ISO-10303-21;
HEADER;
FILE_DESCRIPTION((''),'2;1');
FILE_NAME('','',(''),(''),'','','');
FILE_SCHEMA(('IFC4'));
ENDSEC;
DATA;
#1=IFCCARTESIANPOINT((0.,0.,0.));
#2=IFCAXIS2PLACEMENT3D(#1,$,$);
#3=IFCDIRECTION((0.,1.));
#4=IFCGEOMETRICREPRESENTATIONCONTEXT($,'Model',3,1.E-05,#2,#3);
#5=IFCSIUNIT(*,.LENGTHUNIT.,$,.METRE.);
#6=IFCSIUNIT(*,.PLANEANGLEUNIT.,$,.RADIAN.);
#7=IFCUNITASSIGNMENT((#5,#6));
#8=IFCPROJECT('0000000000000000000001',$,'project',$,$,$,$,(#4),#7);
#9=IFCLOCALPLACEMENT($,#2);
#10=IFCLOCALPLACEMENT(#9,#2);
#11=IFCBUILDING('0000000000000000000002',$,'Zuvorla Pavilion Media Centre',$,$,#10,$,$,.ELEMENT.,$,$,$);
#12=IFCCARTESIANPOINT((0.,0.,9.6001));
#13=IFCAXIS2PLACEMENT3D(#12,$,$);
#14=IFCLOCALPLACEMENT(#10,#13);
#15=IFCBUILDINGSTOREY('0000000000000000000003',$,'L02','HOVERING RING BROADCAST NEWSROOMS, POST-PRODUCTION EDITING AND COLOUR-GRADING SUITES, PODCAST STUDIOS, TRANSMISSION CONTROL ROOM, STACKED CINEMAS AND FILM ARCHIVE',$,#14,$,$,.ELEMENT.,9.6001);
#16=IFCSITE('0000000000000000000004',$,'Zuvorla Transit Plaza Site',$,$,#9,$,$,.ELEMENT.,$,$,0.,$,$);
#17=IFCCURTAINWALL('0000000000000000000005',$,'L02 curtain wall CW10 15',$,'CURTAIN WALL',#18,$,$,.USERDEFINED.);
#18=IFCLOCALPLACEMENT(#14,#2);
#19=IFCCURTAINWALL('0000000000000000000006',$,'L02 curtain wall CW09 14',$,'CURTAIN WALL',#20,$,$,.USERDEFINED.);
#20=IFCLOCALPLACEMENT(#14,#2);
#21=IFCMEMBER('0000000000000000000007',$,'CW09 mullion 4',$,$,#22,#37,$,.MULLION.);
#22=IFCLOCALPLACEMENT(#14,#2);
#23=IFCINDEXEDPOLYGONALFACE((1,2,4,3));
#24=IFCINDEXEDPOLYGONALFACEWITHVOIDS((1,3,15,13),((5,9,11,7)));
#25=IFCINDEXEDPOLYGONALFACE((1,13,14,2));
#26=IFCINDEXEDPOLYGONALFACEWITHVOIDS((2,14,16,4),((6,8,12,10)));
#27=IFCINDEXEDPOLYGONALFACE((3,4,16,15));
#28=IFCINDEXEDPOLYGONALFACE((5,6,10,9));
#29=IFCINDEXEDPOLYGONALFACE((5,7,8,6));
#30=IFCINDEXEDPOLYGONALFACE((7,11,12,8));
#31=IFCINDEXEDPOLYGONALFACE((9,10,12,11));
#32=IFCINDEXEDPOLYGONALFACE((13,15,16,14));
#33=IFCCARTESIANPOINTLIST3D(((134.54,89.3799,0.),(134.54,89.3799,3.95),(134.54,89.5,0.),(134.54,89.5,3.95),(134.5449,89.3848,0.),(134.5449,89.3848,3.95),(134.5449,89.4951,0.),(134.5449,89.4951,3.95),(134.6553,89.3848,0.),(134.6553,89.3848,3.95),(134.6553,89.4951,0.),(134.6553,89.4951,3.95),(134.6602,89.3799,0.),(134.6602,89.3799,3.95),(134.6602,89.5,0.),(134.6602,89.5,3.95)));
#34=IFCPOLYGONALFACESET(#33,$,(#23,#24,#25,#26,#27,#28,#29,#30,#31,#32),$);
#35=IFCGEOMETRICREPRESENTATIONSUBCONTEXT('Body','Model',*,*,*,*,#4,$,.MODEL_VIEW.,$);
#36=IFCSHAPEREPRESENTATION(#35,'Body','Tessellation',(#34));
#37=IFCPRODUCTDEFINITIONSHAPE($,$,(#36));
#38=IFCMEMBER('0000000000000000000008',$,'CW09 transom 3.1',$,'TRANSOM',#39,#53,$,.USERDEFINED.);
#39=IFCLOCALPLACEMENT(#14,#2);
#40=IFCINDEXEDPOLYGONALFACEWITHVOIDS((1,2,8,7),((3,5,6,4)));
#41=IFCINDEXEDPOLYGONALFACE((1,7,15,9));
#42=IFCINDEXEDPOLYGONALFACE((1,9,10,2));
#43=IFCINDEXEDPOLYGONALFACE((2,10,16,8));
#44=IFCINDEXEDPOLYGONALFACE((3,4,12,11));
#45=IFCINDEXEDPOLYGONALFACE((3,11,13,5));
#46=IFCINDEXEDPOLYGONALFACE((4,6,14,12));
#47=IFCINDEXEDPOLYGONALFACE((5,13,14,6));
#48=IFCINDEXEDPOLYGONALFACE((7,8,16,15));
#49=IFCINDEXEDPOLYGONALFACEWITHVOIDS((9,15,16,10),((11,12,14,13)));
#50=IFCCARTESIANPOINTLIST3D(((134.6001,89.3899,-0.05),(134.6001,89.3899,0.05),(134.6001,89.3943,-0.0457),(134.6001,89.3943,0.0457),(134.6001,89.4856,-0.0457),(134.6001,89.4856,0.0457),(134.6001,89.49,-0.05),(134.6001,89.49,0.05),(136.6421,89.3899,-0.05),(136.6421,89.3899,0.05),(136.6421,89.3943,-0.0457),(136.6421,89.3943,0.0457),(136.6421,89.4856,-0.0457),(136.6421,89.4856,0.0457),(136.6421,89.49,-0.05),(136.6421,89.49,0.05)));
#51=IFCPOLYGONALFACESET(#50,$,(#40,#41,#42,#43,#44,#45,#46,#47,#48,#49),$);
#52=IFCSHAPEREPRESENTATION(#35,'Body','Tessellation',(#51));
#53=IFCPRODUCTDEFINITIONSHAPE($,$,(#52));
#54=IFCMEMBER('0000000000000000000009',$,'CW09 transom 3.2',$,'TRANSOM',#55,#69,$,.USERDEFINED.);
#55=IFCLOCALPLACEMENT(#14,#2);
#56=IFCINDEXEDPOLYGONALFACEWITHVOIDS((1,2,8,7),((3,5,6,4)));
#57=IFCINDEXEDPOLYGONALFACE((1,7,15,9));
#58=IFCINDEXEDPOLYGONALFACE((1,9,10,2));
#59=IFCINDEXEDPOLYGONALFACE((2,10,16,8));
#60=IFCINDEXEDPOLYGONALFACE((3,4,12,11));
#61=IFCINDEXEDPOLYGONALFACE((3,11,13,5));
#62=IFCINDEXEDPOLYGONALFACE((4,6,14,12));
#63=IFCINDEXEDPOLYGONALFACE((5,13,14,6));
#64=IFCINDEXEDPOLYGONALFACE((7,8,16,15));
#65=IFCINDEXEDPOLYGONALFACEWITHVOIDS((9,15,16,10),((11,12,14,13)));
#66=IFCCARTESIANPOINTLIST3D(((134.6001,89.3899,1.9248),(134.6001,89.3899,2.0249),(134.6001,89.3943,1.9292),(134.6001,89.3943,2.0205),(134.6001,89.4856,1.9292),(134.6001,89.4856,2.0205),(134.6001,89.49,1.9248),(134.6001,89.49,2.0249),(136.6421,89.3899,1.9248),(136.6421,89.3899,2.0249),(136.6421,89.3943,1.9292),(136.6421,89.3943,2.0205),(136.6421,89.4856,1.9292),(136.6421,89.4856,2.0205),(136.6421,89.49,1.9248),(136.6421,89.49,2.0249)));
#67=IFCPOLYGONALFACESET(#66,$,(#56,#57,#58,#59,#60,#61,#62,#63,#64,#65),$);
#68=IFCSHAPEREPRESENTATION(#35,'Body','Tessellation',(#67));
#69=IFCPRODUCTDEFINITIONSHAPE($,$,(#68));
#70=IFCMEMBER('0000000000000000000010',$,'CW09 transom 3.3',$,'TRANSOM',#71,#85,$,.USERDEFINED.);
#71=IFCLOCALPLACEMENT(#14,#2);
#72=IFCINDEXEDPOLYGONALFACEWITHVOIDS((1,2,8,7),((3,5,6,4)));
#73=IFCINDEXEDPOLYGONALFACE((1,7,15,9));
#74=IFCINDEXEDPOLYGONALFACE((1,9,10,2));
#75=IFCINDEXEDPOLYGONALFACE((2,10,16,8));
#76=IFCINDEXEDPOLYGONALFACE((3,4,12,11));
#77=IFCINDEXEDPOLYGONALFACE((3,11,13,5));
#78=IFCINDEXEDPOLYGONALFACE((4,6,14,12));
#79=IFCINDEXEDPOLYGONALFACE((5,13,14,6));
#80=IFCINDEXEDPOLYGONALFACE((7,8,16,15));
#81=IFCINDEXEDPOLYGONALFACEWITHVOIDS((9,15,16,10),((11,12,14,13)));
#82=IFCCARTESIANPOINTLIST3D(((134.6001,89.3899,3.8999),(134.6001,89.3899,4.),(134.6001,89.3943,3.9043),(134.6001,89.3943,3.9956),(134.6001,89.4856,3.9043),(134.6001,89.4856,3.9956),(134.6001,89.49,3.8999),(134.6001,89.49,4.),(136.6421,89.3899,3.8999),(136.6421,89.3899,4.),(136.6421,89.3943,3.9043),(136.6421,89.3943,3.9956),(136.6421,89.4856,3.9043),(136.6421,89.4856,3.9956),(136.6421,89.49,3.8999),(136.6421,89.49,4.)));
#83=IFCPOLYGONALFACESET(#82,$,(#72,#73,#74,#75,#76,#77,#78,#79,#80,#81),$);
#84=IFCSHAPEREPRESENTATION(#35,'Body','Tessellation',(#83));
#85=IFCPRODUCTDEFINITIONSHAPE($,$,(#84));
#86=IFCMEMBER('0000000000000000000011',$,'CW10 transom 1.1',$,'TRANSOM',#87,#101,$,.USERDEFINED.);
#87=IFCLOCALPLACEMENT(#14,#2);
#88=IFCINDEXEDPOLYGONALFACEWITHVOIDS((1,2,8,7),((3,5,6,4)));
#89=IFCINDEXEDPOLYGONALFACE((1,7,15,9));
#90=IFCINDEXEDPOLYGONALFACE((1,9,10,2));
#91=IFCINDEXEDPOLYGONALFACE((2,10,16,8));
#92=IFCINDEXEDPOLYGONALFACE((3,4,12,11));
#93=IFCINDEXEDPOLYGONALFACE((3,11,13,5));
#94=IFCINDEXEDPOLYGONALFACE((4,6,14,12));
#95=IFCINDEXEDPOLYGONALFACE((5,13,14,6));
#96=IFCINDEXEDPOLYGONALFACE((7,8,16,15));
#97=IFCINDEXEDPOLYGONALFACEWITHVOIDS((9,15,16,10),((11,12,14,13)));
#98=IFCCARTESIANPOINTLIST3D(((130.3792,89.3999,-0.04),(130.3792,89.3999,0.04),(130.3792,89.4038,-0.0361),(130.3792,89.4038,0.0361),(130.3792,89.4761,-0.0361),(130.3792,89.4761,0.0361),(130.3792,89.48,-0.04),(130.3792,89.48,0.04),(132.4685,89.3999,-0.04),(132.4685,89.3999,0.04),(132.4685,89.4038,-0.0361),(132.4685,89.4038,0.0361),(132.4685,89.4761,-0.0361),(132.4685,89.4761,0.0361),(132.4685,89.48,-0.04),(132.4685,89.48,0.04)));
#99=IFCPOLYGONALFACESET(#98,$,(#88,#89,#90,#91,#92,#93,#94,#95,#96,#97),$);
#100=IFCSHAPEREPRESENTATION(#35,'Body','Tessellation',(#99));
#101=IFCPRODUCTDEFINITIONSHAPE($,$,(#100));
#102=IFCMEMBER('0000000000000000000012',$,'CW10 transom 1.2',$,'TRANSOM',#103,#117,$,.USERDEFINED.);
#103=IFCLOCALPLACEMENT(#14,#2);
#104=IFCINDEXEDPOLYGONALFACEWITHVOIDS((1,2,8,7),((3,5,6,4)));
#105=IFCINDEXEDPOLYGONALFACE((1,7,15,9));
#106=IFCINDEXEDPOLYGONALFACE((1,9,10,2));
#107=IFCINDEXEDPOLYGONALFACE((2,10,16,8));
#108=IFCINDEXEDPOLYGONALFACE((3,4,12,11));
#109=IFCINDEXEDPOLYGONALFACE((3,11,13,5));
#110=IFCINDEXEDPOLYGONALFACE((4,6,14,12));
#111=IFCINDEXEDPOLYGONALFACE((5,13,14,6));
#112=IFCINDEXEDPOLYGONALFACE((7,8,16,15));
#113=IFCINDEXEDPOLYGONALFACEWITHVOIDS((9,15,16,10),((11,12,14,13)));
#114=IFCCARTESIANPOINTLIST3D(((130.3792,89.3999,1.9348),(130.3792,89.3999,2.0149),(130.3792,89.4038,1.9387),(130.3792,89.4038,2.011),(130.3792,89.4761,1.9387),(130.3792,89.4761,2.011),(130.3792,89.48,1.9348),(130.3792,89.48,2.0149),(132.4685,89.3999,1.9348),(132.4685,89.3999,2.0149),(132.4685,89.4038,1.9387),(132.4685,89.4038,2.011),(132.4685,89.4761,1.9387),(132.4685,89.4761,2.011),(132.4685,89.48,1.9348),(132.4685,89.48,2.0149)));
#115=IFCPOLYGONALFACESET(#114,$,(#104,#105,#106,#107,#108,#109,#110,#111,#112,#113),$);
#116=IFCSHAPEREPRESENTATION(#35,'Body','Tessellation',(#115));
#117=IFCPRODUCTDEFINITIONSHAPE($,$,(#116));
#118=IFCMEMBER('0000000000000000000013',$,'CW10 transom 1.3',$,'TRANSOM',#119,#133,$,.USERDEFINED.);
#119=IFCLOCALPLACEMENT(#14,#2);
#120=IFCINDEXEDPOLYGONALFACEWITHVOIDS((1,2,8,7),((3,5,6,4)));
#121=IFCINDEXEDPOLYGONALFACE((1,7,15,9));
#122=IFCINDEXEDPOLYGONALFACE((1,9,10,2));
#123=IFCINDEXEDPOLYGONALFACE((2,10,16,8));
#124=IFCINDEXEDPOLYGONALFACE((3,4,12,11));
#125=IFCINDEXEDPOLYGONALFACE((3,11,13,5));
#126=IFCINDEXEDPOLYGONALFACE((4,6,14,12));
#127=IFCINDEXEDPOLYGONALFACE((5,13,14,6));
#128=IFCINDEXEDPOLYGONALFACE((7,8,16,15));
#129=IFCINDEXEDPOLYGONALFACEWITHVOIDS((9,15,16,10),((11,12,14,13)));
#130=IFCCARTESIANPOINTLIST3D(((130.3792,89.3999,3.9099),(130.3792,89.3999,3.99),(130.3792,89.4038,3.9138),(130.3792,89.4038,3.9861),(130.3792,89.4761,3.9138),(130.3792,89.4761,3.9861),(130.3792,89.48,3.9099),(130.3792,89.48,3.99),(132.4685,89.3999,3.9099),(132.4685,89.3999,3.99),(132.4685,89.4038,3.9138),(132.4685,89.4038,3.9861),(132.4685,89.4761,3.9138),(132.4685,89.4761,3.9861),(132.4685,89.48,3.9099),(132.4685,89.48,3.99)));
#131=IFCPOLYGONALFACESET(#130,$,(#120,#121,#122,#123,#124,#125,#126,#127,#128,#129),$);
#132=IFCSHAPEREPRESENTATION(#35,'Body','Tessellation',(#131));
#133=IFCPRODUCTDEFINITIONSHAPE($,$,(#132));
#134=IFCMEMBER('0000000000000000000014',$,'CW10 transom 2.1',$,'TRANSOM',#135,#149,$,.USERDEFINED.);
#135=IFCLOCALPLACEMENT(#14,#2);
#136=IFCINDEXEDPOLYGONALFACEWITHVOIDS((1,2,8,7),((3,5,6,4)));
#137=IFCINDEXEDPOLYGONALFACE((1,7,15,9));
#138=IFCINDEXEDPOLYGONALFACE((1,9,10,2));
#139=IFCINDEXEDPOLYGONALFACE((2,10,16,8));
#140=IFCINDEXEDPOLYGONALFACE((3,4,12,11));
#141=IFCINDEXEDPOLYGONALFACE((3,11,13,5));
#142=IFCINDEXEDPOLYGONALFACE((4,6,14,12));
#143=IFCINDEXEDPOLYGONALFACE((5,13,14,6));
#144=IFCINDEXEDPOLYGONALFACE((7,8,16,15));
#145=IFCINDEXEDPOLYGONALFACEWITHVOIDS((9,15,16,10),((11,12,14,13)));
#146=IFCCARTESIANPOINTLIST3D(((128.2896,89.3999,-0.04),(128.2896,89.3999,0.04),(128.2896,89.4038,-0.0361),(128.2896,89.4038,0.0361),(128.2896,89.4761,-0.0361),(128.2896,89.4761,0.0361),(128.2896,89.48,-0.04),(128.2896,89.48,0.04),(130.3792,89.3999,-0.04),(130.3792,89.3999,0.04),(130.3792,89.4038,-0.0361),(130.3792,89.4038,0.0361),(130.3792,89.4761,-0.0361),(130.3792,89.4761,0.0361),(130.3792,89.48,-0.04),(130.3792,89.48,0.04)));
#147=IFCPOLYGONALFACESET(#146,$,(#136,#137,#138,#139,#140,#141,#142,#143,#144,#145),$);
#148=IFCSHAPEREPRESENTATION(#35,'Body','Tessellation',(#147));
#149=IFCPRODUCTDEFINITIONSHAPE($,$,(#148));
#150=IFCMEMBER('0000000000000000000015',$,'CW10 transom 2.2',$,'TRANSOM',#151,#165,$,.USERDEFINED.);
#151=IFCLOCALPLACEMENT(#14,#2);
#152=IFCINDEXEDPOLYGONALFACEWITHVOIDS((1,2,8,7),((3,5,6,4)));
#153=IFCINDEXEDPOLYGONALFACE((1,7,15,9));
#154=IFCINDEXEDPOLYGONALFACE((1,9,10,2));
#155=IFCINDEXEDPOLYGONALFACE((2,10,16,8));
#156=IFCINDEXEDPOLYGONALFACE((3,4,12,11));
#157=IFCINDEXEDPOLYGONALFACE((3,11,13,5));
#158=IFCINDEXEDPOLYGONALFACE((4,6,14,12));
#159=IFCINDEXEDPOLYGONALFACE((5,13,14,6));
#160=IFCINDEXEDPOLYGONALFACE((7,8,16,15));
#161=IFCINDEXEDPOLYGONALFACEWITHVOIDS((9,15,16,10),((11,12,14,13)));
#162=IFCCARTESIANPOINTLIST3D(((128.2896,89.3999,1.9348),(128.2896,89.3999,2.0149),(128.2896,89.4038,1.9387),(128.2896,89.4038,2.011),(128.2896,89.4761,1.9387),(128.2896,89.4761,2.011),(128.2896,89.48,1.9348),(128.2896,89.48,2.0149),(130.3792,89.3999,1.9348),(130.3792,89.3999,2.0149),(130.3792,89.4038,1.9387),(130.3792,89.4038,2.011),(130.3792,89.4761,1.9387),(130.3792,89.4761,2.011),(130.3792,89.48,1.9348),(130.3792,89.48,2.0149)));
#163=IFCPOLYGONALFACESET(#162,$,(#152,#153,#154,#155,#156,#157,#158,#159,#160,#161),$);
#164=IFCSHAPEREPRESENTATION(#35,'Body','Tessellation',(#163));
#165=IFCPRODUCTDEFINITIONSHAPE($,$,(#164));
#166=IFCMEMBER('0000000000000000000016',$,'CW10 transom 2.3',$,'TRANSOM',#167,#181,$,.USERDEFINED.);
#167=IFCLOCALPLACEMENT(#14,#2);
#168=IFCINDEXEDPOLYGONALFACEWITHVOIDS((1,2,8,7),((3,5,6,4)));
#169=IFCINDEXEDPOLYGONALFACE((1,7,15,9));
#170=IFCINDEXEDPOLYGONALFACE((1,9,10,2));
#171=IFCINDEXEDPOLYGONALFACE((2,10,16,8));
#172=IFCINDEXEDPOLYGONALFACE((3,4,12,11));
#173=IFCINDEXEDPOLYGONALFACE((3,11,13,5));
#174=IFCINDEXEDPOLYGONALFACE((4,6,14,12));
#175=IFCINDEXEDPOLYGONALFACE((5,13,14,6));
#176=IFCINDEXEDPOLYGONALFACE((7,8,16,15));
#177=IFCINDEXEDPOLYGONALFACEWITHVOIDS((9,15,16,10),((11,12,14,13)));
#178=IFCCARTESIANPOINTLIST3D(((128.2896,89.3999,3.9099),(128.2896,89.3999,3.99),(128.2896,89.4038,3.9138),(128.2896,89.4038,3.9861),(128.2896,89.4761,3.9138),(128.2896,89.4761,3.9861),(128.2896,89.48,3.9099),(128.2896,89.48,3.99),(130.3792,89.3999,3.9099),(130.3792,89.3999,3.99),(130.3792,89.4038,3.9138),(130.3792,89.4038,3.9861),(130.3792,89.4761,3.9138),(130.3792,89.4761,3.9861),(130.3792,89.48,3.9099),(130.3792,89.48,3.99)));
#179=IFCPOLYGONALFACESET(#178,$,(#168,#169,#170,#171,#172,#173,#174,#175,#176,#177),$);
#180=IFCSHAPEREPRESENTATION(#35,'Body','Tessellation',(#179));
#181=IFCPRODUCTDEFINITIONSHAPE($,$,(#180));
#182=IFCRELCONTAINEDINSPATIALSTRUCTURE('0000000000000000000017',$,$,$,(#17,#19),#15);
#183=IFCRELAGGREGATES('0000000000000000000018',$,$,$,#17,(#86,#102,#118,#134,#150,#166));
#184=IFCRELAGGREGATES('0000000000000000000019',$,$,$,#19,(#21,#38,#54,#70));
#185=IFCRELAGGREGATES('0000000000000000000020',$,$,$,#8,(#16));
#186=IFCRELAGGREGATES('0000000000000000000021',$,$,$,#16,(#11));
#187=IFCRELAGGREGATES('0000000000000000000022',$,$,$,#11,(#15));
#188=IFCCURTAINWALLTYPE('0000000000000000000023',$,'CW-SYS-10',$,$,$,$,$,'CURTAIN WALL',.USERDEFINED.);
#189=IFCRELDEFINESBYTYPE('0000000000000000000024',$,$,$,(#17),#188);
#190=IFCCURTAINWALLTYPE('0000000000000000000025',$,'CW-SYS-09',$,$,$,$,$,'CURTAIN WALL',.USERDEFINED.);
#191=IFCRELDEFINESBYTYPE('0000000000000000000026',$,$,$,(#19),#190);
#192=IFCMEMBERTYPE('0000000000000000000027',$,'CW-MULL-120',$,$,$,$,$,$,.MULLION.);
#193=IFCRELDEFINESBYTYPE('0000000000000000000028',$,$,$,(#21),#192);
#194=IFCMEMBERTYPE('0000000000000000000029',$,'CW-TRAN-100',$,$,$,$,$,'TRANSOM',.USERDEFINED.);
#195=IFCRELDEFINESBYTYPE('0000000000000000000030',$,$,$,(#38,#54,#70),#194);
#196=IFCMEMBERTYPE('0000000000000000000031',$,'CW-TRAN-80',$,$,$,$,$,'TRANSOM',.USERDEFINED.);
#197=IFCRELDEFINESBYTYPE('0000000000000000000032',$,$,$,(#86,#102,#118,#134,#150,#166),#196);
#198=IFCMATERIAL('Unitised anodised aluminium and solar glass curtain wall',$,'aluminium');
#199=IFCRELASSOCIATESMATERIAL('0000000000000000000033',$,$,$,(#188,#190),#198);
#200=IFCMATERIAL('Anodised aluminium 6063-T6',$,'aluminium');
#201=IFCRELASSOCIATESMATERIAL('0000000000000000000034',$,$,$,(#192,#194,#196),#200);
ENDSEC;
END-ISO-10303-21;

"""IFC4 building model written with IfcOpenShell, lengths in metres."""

from ifc_helpers import new_model, si_unit, direction, frame, origin, origin_2d, place, context, subcontext, project, spatial, hollow_rectangle, extrude, material, material_profile, profile_set, type_object, element, aggregate, save


model = new_model("IFC4")

# Units and contexts
model_context = context("Model", 3, precision=1e-05, world=origin(), true_north=direction((0.0, 1.0)))
body_context = subcontext(model_context, "Body", "Model", "MODEL_VIEW")
ifc_project = project(units=[si_unit("LENGTHUNIT", "METRE"), si_unit("PLANEANGLEUNIT", "RADIAN")], contexts=[model_context])

# Site, building, storey
site_placement = place(None, origin())
site = spatial("IfcSite", under=ifc_project, at=site_placement, Name="Zuvorla Transit Plaza Site", CompositionType="ELEMENT", RefElevation=0.0)
building_placement = place(site_placement, origin())
building = spatial("IfcBuilding", under=site, at=building_placement, Name="Zuvorla Pavilion Media Centre", CompositionType="ELEMENT")
storey_placement = place(building_placement, frame((0.0, 0.0, 9.6001)))
storey = spatial("IfcBuildingStorey", under=building, at=storey_placement, Name="L02", Description="HOVERING RING BROADCAST NEWSROOMS, POST-PRODUCTION EDITING AND COLOUR-GRADING SUITES, PODCAST STUDIOS, TRANSMISSION CONTROL ROOM, STACKED CINEMAS AND FILM ARCHIVE", CompositionType="ELEMENT", Elevation=9.6001)

# Curtain walls, members
ifc_material_1 = material(Name="Unitised anodised aluminium and solar glass curtain wall", Category="aluminium")
curtain_wall_type_1 = type_object("IfcCurtainWallType", Name="CW-SYS-10", ElementType="CURTAIN WALL", PredefinedType="USERDEFINED", material=ifc_material_1)
curtain_wall_1_placement = place(storey_placement, origin())
curtain_wall_1 = element("IfcCurtainWall", 1, at=curtain_wall_1_placement, inside=storey, type_object=curtain_wall_type_1, Name="L02 curtain wall CW10 15", ObjectType="CURTAIN WALL", PredefinedType="USERDEFINED")
ifc_material_2 = material(Name="Anodised aluminium 6063-T6", Category="aluminium")
curtain_wall_type_2 = type_object("IfcCurtainWallType", Name="CW-SYS-09", ElementType="CURTAIN WALL", PredefinedType="USERDEFINED", material=ifc_material_1)
curtain_wall_2_placement = place(storey_placement, origin())
curtain_wall_2 = element("IfcCurtainWall", 2, at=curtain_wall_2_placement, inside=storey, type_object=curtain_wall_type_2, Name="L02 curtain wall CW09 14", ObjectType="CURTAIN WALL", PredefinedType="USERDEFINED")
ifc_material_profile_1 = material_profile(ifc_material_2, hollow_rectangle(XDim=0.1201, YDim=0.1201, WallThickness=0.0049, at=origin_2d()), Name="ALU MULL 120x120")
ifc_profile_set_1 = profile_set([ifc_material_profile_1], Name="Anodised aluminium 6063-T6")
member_type_1 = type_object("IfcMemberType", Name="CW-MULL-120", PredefinedType="MULLION", material=ifc_profile_set_1)
member_1_placement = place(storey_placement, frame((134.6001, 89.4399, 0.0), z_axis=(0.0, 0.0, 1.0), x_axis=(1.0, 0.0, 0.0)))
member_1 = element("IfcMember", 3, at=member_1_placement, type_object=member_type_1, Name="CW09 mullion 4", PredefinedType="MULLION", context=body_context, shape_type="SweptSolid", body=[
    extrude(hollow_rectangle(XDim=0.1201, YDim=0.1201, WallThickness=0.0049, at=origin_2d()), origin(), (0.0, 0.0, 1.0), 3.95),
])
ifc_material_profile_2 = material_profile(ifc_material_2, hollow_rectangle(XDim=0.1001, YDim=0.1001, WallThickness=0.0044, at=origin_2d()), Name="ALU TRAN 100x100")
ifc_profile_set_2 = profile_set([ifc_material_profile_2], Name="Anodised aluminium 6063-T6")
member_type_2 = type_object("IfcMemberType", Name="CW-TRAN-100", ElementType="TRANSOM", PredefinedType="USERDEFINED", material=ifc_profile_set_2)
member_2_placement = place(storey_placement, frame((136.6421, 89.4399, 0.0), z_axis=(-1.0, 0.0, 0.0), x_axis=(0.0, -1.0, 0.0)))
member_2 = element("IfcMember", 4, at=member_2_placement, type_object=member_type_2, Name="CW09 transom 3.1", ObjectType="TRANSOM", PredefinedType="USERDEFINED", context=body_context, shape_type="SweptSolid", body=[
    extrude(hollow_rectangle(XDim=0.1001, YDim=0.1001, WallThickness=0.0044, at=origin_2d()), origin(), (0.0, 0.0, 1.0), 2.042),
])
member_3_placement = place(storey_placement, frame((136.6421, 89.4399, 1.9749), z_axis=(-1.0, 0.0, 0.0), x_axis=(0.0, -1.0, 0.0)))
member_3 = element("IfcMember", 5, at=member_3_placement, type_object=member_type_2, Name="CW09 transom 3.2", ObjectType="TRANSOM", PredefinedType="USERDEFINED", context=body_context, shape_type="SweptSolid", body=[
    extrude(hollow_rectangle(XDim=0.1001, YDim=0.1001, WallThickness=0.0044, at=origin_2d()), origin(), (0.0, 0.0, 1.0), 2.042),
])
member_4_placement = place(storey_placement, frame((136.6421, 89.4399, 3.95), z_axis=(-1.0, 0.0, 0.0), x_axis=(0.0, -1.0, 0.0)))
member_4 = element("IfcMember", 6, at=member_4_placement, type_object=member_type_2, Name="CW09 transom 3.3", ObjectType="TRANSOM", PredefinedType="USERDEFINED", context=body_context, shape_type="SweptSolid", body=[
    extrude(hollow_rectangle(XDim=0.1001, YDim=0.1001, WallThickness=0.0044, at=origin_2d()), origin(), (0.0, 0.0, 1.0), 2.042),
])

# Members
ifc_material_profile_3 = material_profile(ifc_material_2, hollow_rectangle(XDim=0.0801, YDim=0.0801, WallThickness=0.0039, at=origin_2d()), Name="ALU TRAN 80x80")
ifc_profile_set_3 = profile_set([ifc_material_profile_3], Name="Anodised aluminium 6063-T6")
member_type_3 = type_object("IfcMemberType", Name="CW-TRAN-80", ElementType="TRANSOM", PredefinedType="USERDEFINED", material=ifc_profile_set_3)
member_5_placement = place(storey_placement, frame((132.4685, 89.4399, 0.0), z_axis=(-1.0, 0.0, 0.0), x_axis=(0.0, -1.0, 0.0)))
member_5 = element("IfcMember", 7, at=member_5_placement, type_object=member_type_3, Name="CW10 transom 1.1", ObjectType="TRANSOM", PredefinedType="USERDEFINED", context=body_context, shape_type="SweptSolid", body=[
    extrude(hollow_rectangle(XDim=0.0801, YDim=0.0801, WallThickness=0.0039, at=origin_2d()), origin(), (0.0, 0.0, 1.0), 2.0894),
])
member_6_placement = place(storey_placement, frame((132.4685, 89.4399, 1.9749), z_axis=(-1.0, 0.0, 0.0), x_axis=(0.0, -1.0, 0.0)))
member_6 = element("IfcMember", 8, at=member_6_placement, type_object=member_type_3, Name="CW10 transom 1.2", ObjectType="TRANSOM", PredefinedType="USERDEFINED", context=body_context, shape_type="SweptSolid", body=[
    extrude(hollow_rectangle(XDim=0.0801, YDim=0.0801, WallThickness=0.0039, at=origin_2d()), origin(), (0.0, 0.0, 1.0), 2.0894),
])
member_7_placement = place(storey_placement, frame((132.4685, 89.4399, 3.95), z_axis=(-1.0, 0.0, 0.0), x_axis=(0.0, -1.0, 0.0)))
member_7 = element("IfcMember", 9, at=member_7_placement, type_object=member_type_3, Name="CW10 transom 1.3", ObjectType="TRANSOM", PredefinedType="USERDEFINED", context=body_context, shape_type="SweptSolid", body=[
    extrude(hollow_rectangle(XDim=0.0801, YDim=0.0801, WallThickness=0.0039, at=origin_2d()), origin(), (0.0, 0.0, 1.0), 2.0894),
])
member_8_placement = place(storey_placement, frame((130.3792, 89.4399, 0.0), z_axis=(-1.0, 0.0, 0.0), x_axis=(0.0, -1.0, 0.0)))
member_8 = element("IfcMember", 10, at=member_8_placement, type_object=member_type_3, Name="CW10 transom 2.1", ObjectType="TRANSOM", PredefinedType="USERDEFINED", context=body_context, shape_type="SweptSolid", body=[
    extrude(hollow_rectangle(XDim=0.0801, YDim=0.0801, WallThickness=0.0039, at=origin_2d()), origin(), (0.0, 0.0, 1.0), 2.0896),
])
member_9_placement = place(storey_placement, frame((130.3792, 89.4399, 1.9749), z_axis=(-1.0, 0.0, 0.0), x_axis=(0.0, -1.0, 0.0)))
member_9 = element("IfcMember", 11, at=member_9_placement, type_object=member_type_3, Name="CW10 transom 2.2", ObjectType="TRANSOM", PredefinedType="USERDEFINED", context=body_context, shape_type="SweptSolid", body=[
    extrude(hollow_rectangle(XDim=0.0801, YDim=0.0801, WallThickness=0.0039, at=origin_2d()), origin(), (0.0, 0.0, 1.0), 2.0896),
])
member_10_placement = place(storey_placement, frame((130.3792, 89.4399, 3.95), z_axis=(-1.0, 0.0, 0.0), x_axis=(0.0, -1.0, 0.0)))
member_10 = element("IfcMember", 12, at=member_10_placement, type_object=member_type_3, Name="CW10 transom 2.3", ObjectType="TRANSOM", PredefinedType="USERDEFINED", context=body_context, shape_type="SweptSolid", body=[
    extrude(hollow_rectangle(XDim=0.0801, YDim=0.0801, WallThickness=0.0039, at=origin_2d()), origin(), (0.0, 0.0, 1.0), 2.0896),
])

aggregate(curtain_wall_1, [member_5, member_6, member_7, member_8, member_9, member_10])
aggregate(curtain_wall_2, [member_1, member_2, member_3, member_4])

save(model, "model.ifc")
